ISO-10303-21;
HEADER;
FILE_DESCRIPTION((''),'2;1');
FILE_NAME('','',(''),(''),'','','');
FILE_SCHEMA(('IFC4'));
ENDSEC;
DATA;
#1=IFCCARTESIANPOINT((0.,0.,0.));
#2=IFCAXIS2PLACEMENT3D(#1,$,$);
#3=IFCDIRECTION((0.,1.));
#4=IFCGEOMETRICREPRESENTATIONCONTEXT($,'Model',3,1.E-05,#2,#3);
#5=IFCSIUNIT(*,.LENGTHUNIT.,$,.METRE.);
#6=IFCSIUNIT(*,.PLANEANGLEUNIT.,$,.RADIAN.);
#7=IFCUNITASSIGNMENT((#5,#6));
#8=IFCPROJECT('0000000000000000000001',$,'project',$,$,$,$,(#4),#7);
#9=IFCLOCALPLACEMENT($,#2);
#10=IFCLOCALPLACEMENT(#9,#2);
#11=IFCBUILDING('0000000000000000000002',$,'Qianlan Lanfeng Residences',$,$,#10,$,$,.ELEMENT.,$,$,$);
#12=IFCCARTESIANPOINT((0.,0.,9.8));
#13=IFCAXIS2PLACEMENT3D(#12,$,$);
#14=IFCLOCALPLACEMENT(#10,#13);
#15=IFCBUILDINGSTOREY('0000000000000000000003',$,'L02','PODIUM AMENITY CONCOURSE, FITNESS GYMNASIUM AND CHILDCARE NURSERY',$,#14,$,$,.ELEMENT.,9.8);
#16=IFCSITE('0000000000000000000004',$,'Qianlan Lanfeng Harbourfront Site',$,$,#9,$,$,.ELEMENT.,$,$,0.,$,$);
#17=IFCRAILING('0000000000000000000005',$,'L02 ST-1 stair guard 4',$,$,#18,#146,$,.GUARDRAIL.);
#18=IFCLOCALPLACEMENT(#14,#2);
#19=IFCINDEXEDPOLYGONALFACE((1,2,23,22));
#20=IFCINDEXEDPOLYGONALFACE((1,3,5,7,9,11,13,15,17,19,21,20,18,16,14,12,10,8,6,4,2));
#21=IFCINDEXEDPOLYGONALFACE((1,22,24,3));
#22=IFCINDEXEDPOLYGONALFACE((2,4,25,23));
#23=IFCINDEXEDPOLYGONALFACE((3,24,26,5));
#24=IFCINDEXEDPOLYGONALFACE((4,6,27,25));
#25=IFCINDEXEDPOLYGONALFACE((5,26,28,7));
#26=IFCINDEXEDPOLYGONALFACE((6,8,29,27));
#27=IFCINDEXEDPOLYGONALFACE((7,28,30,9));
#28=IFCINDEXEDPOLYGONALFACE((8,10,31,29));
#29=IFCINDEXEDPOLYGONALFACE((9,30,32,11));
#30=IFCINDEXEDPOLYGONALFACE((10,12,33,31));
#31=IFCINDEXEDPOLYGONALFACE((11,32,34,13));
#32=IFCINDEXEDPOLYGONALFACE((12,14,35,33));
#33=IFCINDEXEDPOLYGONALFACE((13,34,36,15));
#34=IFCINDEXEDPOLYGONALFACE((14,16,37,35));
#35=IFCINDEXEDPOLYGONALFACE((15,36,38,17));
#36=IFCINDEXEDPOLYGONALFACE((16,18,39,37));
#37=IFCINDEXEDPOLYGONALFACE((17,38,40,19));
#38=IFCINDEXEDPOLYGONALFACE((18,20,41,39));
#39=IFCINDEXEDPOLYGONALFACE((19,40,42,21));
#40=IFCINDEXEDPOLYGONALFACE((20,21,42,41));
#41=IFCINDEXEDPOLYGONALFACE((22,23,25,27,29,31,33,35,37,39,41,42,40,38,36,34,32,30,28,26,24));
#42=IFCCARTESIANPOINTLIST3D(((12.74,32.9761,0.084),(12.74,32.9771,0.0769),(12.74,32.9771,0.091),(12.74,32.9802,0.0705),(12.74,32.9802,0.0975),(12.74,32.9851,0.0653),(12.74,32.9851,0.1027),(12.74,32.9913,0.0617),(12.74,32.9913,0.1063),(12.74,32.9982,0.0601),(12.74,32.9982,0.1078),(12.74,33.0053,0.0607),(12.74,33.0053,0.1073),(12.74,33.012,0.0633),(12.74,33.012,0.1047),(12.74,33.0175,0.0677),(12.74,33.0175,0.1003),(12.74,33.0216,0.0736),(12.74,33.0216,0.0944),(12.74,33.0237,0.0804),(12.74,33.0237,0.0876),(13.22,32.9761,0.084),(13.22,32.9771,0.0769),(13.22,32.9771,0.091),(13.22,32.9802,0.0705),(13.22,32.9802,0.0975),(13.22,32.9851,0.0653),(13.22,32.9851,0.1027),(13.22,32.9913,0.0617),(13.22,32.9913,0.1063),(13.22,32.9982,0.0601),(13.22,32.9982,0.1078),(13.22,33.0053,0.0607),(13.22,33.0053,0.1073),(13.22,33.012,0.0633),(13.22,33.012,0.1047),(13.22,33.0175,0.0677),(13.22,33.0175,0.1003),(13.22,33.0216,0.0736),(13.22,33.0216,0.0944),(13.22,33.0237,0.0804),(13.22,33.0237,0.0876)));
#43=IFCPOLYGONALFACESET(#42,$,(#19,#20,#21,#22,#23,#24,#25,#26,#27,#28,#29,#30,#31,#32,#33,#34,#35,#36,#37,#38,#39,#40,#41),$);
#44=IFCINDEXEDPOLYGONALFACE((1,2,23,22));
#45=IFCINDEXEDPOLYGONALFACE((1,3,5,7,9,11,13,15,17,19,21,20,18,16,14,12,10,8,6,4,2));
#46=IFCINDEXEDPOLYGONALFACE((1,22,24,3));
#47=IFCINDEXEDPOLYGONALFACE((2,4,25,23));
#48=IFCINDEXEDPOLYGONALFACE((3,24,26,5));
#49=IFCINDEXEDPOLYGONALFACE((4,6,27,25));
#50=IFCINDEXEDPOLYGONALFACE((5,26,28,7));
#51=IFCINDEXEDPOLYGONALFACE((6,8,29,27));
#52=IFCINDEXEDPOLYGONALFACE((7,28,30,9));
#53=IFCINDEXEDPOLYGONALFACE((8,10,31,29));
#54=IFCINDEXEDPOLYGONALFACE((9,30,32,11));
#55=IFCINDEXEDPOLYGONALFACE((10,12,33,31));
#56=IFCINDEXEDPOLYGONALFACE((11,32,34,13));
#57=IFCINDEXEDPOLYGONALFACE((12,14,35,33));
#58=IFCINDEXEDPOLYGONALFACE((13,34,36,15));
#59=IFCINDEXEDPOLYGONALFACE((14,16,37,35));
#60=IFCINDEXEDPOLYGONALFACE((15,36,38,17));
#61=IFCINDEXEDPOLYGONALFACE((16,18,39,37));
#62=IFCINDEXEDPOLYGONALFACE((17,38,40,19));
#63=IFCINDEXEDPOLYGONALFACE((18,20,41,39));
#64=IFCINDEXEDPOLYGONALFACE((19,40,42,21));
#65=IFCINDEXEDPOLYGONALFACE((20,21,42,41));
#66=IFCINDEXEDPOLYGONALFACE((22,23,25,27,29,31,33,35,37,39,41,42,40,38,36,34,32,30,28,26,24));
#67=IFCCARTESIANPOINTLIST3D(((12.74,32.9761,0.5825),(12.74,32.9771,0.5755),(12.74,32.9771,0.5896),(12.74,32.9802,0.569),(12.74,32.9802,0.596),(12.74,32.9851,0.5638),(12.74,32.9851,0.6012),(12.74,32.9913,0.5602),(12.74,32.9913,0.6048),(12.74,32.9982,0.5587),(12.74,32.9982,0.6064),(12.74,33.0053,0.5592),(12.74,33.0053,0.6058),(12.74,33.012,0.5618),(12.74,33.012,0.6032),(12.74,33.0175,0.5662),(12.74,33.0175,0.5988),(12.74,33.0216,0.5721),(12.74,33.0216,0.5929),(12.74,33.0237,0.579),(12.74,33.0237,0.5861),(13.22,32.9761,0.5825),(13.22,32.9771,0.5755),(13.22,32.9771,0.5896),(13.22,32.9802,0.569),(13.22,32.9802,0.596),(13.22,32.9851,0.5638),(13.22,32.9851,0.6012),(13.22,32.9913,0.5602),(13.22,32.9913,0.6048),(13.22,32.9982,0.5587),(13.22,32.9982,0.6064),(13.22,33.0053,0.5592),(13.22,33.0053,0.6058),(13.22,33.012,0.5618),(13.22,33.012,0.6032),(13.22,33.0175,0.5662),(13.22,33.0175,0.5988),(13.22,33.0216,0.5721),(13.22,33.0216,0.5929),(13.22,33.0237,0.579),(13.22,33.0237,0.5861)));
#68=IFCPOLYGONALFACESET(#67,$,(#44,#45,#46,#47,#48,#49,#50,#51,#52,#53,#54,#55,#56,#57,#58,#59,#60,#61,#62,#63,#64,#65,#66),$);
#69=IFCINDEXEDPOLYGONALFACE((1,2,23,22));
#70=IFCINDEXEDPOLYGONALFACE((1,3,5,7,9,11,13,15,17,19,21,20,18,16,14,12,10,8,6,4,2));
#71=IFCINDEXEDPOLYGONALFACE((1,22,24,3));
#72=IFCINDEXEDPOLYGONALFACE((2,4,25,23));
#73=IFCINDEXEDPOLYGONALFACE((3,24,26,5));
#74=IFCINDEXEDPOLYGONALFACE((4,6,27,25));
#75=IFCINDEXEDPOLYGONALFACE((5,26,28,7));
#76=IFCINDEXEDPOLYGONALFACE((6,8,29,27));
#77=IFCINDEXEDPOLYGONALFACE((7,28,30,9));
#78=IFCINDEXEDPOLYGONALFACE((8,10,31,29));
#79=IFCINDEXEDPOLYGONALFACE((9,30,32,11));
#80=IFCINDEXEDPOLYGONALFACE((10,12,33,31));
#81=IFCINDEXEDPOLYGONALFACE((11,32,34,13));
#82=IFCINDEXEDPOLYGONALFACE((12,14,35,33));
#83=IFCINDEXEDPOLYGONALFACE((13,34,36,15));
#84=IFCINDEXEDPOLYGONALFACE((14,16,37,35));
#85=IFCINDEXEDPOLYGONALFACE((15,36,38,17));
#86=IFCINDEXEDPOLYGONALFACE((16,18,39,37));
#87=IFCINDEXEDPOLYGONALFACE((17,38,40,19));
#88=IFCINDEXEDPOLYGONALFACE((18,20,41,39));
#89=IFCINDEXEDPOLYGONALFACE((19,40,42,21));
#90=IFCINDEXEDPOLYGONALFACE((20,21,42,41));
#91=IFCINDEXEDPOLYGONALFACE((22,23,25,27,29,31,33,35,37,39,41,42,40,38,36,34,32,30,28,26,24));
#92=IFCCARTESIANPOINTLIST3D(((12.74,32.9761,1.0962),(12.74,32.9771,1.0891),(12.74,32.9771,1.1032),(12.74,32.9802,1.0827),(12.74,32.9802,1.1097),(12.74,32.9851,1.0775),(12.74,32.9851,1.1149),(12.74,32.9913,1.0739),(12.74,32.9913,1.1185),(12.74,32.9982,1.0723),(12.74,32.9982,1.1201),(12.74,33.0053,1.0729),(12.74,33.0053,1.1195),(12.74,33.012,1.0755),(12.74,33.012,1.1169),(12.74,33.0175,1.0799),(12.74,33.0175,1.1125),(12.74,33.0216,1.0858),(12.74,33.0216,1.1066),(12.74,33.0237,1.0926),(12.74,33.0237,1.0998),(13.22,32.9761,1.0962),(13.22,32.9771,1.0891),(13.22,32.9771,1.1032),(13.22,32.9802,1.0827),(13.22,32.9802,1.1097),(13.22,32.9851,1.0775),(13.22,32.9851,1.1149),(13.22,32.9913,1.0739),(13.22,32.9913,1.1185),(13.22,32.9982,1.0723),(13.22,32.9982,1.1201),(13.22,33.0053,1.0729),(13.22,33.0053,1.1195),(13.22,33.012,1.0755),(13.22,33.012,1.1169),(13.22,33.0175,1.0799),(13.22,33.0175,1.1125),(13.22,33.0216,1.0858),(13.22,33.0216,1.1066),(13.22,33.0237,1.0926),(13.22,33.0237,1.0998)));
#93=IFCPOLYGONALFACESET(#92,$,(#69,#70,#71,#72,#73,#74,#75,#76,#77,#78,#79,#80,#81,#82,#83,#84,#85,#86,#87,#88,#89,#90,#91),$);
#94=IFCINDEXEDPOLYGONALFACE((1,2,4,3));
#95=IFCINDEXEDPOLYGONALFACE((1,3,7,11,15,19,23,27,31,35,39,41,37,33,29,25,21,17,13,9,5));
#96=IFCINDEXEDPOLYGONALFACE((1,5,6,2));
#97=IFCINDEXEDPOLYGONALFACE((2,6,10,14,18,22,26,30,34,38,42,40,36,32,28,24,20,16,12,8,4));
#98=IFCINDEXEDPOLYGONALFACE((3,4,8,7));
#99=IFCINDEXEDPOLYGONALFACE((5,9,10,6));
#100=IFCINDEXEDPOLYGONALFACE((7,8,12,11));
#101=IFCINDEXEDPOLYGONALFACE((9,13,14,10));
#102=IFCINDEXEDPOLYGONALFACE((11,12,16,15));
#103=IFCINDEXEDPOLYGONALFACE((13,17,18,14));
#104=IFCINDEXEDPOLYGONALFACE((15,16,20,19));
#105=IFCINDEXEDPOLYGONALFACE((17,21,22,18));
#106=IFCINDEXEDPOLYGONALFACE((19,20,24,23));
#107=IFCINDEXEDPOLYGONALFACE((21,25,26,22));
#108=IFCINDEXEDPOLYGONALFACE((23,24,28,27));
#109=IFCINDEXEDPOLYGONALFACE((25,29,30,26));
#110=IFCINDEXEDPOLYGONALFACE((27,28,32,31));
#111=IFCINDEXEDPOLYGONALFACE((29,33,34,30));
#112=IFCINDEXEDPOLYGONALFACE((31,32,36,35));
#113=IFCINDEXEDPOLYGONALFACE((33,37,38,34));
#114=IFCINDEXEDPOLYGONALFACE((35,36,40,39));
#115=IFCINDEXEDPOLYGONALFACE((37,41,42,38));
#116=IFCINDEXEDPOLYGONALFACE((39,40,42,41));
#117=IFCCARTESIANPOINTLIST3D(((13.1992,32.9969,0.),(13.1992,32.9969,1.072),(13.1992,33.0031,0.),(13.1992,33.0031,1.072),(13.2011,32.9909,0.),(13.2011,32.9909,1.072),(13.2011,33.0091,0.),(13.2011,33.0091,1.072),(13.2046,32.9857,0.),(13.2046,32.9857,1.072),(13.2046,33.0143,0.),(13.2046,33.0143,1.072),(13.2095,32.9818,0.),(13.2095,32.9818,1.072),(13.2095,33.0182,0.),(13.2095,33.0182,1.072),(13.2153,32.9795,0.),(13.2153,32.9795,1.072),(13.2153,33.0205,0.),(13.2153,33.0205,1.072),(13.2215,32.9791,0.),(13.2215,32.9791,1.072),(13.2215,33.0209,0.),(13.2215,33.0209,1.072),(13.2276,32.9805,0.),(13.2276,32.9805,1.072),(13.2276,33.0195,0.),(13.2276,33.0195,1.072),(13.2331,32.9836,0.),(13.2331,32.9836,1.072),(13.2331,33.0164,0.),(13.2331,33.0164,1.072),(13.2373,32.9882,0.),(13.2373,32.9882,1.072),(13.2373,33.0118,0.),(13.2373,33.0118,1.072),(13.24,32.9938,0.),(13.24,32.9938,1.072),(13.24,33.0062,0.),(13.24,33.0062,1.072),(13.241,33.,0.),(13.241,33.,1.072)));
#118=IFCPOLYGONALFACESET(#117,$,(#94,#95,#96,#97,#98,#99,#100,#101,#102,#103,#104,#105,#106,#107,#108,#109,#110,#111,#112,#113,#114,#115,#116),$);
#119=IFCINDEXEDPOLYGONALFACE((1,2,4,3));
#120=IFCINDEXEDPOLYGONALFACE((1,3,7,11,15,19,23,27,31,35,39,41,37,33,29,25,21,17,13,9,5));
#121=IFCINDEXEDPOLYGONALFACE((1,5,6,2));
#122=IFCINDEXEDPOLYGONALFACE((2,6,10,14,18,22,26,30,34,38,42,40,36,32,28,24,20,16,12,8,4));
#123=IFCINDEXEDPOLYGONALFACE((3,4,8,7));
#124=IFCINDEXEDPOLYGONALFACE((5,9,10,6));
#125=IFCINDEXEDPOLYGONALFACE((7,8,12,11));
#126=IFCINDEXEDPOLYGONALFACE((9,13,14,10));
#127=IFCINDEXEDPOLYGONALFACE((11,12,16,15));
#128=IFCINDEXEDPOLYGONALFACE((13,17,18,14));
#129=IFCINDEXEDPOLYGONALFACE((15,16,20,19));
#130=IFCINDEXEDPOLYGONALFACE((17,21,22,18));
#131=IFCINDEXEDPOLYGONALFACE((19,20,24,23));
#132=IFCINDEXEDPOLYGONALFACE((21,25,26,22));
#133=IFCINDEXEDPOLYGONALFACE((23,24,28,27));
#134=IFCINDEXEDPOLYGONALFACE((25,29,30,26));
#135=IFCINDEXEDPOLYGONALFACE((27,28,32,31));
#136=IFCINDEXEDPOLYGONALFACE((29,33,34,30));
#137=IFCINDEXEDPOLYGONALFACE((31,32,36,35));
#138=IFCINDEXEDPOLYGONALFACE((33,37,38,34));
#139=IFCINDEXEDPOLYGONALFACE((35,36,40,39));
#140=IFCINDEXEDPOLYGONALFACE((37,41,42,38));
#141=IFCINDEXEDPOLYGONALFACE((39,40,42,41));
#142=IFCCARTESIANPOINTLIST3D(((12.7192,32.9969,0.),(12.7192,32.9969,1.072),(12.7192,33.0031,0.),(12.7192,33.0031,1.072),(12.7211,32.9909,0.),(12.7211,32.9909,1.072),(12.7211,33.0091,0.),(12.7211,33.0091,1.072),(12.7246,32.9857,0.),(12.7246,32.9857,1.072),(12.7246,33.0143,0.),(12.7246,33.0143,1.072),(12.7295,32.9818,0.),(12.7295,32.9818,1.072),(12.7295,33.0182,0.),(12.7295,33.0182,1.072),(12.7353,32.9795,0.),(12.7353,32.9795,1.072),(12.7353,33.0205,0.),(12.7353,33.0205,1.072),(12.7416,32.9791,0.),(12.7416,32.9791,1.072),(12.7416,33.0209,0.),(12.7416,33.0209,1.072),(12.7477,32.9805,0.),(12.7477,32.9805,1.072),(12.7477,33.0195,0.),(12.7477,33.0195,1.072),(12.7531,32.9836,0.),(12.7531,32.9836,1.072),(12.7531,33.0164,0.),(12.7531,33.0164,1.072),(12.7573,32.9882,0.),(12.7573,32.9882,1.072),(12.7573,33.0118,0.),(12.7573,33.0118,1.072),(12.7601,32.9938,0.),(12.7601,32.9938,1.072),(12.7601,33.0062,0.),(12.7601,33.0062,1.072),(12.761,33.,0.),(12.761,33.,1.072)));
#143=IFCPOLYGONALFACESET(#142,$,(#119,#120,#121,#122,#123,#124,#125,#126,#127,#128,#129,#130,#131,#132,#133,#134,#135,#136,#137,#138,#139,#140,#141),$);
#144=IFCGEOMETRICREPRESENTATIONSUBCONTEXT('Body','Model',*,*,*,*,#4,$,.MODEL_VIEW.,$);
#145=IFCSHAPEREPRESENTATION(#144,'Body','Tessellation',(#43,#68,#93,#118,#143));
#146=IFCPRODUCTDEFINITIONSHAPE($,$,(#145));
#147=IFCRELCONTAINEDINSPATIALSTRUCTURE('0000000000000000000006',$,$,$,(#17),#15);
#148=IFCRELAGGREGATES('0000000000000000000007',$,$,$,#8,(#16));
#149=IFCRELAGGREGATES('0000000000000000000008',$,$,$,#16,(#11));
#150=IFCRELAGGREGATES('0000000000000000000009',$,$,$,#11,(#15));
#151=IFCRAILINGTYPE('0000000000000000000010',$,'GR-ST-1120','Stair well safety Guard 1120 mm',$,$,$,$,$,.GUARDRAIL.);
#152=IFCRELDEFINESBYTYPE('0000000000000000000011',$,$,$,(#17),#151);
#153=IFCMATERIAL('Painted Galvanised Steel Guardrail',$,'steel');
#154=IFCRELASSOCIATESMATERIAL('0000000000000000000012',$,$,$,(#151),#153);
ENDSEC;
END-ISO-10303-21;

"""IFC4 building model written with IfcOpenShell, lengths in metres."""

from ifc_helpers import new_model, si_unit, direction, frame, origin, origin_2d, place, context, subcontext, project, spatial, circle, extrude, material, type_object, element, save


model = new_model("IFC4")

# Units and contexts
model_context = context("Model", 3, precision=1e-05, world=origin(), true_north=direction((0.0, 1.0)))
body_context = subcontext(model_context, "Body", "Model", "MODEL_VIEW")
ifc_project = project(units=[si_unit("LENGTHUNIT", "METRE"), si_unit("PLANEANGLEUNIT", "RADIAN")], contexts=[model_context])

# Site, building, storey
site_placement = place(None, origin())
site = spatial("IfcSite", under=ifc_project, at=site_placement, Name="Qianlan Lanfeng Harbourfront Site", CompositionType="ELEMENT", RefElevation=0.0)
building_placement = place(site_placement, origin())
building = spatial("IfcBuilding", under=site, at=building_placement, Name="Qianlan Lanfeng Residences", CompositionType="ELEMENT")
storey_placement = place(building_placement, frame((0.0, 0.0, 9.8)))
storey = spatial("IfcBuildingStorey", under=building, at=storey_placement, Name="L02", Description="PODIUM AMENITY CONCOURSE, FITNESS GYMNASIUM AND CHILDCARE NURSERY", CompositionType="ELEMENT", Elevation=9.8)

# Railing
ifc_material_1 = material(Name="Painted Galvanised Steel Guardrail", Category="steel")
railing_type_1 = type_object("IfcRailingType", Name="GR-ST-1120", Description="Stair well safety Guard 1120 mm", PredefinedType="GUARDRAIL", material=ifc_material_1)
railing_1_placement = place(storey_placement, frame((13.22, 33.0, 0.0)))
element("IfcRailing", 1, at=railing_1_placement, inside=storey, type_object=railing_type_1, Name="L02 ST-1 stair guard 4", PredefinedType="GUARDRAIL", context=body_context, shape_type="SweptSolid", body=[
    extrude(circle(Radius=0.0239, at=origin_2d()), frame((0.0, 0.0, 0.084), z_axis=(-1.0, 0.0, 0.0), x_axis=(0.0, -1.0, 0.0)), (0.0, 0.0, 1.0), 0.48),
    extrude(circle(Radius=0.0239, at=origin_2d()), frame((0.0, 0.0, 0.5825), z_axis=(-1.0, 0.0, 0.0), x_axis=(0.0, -1.0, 0.0)), (0.0, 0.0, 1.0), 0.48),
    extrude(circle(Radius=0.0239, at=origin_2d()), frame((0.0, 0.0, 1.0962), z_axis=(-1.0, 0.0, 0.0), x_axis=(0.0, -1.0, 0.0)), (0.0, 0.0, 1.0), 0.48),
    extrude(circle(Radius=0.021, at=origin_2d()), origin(), (0.0, 0.0, 1.0), 1.072),
    extrude(circle(Radius=0.021, at=origin_2d()), frame((-0.48, 0.0, 0.0)), (0.0, 0.0, 1.0), 1.072),
])

save(model, "model.ifc")
